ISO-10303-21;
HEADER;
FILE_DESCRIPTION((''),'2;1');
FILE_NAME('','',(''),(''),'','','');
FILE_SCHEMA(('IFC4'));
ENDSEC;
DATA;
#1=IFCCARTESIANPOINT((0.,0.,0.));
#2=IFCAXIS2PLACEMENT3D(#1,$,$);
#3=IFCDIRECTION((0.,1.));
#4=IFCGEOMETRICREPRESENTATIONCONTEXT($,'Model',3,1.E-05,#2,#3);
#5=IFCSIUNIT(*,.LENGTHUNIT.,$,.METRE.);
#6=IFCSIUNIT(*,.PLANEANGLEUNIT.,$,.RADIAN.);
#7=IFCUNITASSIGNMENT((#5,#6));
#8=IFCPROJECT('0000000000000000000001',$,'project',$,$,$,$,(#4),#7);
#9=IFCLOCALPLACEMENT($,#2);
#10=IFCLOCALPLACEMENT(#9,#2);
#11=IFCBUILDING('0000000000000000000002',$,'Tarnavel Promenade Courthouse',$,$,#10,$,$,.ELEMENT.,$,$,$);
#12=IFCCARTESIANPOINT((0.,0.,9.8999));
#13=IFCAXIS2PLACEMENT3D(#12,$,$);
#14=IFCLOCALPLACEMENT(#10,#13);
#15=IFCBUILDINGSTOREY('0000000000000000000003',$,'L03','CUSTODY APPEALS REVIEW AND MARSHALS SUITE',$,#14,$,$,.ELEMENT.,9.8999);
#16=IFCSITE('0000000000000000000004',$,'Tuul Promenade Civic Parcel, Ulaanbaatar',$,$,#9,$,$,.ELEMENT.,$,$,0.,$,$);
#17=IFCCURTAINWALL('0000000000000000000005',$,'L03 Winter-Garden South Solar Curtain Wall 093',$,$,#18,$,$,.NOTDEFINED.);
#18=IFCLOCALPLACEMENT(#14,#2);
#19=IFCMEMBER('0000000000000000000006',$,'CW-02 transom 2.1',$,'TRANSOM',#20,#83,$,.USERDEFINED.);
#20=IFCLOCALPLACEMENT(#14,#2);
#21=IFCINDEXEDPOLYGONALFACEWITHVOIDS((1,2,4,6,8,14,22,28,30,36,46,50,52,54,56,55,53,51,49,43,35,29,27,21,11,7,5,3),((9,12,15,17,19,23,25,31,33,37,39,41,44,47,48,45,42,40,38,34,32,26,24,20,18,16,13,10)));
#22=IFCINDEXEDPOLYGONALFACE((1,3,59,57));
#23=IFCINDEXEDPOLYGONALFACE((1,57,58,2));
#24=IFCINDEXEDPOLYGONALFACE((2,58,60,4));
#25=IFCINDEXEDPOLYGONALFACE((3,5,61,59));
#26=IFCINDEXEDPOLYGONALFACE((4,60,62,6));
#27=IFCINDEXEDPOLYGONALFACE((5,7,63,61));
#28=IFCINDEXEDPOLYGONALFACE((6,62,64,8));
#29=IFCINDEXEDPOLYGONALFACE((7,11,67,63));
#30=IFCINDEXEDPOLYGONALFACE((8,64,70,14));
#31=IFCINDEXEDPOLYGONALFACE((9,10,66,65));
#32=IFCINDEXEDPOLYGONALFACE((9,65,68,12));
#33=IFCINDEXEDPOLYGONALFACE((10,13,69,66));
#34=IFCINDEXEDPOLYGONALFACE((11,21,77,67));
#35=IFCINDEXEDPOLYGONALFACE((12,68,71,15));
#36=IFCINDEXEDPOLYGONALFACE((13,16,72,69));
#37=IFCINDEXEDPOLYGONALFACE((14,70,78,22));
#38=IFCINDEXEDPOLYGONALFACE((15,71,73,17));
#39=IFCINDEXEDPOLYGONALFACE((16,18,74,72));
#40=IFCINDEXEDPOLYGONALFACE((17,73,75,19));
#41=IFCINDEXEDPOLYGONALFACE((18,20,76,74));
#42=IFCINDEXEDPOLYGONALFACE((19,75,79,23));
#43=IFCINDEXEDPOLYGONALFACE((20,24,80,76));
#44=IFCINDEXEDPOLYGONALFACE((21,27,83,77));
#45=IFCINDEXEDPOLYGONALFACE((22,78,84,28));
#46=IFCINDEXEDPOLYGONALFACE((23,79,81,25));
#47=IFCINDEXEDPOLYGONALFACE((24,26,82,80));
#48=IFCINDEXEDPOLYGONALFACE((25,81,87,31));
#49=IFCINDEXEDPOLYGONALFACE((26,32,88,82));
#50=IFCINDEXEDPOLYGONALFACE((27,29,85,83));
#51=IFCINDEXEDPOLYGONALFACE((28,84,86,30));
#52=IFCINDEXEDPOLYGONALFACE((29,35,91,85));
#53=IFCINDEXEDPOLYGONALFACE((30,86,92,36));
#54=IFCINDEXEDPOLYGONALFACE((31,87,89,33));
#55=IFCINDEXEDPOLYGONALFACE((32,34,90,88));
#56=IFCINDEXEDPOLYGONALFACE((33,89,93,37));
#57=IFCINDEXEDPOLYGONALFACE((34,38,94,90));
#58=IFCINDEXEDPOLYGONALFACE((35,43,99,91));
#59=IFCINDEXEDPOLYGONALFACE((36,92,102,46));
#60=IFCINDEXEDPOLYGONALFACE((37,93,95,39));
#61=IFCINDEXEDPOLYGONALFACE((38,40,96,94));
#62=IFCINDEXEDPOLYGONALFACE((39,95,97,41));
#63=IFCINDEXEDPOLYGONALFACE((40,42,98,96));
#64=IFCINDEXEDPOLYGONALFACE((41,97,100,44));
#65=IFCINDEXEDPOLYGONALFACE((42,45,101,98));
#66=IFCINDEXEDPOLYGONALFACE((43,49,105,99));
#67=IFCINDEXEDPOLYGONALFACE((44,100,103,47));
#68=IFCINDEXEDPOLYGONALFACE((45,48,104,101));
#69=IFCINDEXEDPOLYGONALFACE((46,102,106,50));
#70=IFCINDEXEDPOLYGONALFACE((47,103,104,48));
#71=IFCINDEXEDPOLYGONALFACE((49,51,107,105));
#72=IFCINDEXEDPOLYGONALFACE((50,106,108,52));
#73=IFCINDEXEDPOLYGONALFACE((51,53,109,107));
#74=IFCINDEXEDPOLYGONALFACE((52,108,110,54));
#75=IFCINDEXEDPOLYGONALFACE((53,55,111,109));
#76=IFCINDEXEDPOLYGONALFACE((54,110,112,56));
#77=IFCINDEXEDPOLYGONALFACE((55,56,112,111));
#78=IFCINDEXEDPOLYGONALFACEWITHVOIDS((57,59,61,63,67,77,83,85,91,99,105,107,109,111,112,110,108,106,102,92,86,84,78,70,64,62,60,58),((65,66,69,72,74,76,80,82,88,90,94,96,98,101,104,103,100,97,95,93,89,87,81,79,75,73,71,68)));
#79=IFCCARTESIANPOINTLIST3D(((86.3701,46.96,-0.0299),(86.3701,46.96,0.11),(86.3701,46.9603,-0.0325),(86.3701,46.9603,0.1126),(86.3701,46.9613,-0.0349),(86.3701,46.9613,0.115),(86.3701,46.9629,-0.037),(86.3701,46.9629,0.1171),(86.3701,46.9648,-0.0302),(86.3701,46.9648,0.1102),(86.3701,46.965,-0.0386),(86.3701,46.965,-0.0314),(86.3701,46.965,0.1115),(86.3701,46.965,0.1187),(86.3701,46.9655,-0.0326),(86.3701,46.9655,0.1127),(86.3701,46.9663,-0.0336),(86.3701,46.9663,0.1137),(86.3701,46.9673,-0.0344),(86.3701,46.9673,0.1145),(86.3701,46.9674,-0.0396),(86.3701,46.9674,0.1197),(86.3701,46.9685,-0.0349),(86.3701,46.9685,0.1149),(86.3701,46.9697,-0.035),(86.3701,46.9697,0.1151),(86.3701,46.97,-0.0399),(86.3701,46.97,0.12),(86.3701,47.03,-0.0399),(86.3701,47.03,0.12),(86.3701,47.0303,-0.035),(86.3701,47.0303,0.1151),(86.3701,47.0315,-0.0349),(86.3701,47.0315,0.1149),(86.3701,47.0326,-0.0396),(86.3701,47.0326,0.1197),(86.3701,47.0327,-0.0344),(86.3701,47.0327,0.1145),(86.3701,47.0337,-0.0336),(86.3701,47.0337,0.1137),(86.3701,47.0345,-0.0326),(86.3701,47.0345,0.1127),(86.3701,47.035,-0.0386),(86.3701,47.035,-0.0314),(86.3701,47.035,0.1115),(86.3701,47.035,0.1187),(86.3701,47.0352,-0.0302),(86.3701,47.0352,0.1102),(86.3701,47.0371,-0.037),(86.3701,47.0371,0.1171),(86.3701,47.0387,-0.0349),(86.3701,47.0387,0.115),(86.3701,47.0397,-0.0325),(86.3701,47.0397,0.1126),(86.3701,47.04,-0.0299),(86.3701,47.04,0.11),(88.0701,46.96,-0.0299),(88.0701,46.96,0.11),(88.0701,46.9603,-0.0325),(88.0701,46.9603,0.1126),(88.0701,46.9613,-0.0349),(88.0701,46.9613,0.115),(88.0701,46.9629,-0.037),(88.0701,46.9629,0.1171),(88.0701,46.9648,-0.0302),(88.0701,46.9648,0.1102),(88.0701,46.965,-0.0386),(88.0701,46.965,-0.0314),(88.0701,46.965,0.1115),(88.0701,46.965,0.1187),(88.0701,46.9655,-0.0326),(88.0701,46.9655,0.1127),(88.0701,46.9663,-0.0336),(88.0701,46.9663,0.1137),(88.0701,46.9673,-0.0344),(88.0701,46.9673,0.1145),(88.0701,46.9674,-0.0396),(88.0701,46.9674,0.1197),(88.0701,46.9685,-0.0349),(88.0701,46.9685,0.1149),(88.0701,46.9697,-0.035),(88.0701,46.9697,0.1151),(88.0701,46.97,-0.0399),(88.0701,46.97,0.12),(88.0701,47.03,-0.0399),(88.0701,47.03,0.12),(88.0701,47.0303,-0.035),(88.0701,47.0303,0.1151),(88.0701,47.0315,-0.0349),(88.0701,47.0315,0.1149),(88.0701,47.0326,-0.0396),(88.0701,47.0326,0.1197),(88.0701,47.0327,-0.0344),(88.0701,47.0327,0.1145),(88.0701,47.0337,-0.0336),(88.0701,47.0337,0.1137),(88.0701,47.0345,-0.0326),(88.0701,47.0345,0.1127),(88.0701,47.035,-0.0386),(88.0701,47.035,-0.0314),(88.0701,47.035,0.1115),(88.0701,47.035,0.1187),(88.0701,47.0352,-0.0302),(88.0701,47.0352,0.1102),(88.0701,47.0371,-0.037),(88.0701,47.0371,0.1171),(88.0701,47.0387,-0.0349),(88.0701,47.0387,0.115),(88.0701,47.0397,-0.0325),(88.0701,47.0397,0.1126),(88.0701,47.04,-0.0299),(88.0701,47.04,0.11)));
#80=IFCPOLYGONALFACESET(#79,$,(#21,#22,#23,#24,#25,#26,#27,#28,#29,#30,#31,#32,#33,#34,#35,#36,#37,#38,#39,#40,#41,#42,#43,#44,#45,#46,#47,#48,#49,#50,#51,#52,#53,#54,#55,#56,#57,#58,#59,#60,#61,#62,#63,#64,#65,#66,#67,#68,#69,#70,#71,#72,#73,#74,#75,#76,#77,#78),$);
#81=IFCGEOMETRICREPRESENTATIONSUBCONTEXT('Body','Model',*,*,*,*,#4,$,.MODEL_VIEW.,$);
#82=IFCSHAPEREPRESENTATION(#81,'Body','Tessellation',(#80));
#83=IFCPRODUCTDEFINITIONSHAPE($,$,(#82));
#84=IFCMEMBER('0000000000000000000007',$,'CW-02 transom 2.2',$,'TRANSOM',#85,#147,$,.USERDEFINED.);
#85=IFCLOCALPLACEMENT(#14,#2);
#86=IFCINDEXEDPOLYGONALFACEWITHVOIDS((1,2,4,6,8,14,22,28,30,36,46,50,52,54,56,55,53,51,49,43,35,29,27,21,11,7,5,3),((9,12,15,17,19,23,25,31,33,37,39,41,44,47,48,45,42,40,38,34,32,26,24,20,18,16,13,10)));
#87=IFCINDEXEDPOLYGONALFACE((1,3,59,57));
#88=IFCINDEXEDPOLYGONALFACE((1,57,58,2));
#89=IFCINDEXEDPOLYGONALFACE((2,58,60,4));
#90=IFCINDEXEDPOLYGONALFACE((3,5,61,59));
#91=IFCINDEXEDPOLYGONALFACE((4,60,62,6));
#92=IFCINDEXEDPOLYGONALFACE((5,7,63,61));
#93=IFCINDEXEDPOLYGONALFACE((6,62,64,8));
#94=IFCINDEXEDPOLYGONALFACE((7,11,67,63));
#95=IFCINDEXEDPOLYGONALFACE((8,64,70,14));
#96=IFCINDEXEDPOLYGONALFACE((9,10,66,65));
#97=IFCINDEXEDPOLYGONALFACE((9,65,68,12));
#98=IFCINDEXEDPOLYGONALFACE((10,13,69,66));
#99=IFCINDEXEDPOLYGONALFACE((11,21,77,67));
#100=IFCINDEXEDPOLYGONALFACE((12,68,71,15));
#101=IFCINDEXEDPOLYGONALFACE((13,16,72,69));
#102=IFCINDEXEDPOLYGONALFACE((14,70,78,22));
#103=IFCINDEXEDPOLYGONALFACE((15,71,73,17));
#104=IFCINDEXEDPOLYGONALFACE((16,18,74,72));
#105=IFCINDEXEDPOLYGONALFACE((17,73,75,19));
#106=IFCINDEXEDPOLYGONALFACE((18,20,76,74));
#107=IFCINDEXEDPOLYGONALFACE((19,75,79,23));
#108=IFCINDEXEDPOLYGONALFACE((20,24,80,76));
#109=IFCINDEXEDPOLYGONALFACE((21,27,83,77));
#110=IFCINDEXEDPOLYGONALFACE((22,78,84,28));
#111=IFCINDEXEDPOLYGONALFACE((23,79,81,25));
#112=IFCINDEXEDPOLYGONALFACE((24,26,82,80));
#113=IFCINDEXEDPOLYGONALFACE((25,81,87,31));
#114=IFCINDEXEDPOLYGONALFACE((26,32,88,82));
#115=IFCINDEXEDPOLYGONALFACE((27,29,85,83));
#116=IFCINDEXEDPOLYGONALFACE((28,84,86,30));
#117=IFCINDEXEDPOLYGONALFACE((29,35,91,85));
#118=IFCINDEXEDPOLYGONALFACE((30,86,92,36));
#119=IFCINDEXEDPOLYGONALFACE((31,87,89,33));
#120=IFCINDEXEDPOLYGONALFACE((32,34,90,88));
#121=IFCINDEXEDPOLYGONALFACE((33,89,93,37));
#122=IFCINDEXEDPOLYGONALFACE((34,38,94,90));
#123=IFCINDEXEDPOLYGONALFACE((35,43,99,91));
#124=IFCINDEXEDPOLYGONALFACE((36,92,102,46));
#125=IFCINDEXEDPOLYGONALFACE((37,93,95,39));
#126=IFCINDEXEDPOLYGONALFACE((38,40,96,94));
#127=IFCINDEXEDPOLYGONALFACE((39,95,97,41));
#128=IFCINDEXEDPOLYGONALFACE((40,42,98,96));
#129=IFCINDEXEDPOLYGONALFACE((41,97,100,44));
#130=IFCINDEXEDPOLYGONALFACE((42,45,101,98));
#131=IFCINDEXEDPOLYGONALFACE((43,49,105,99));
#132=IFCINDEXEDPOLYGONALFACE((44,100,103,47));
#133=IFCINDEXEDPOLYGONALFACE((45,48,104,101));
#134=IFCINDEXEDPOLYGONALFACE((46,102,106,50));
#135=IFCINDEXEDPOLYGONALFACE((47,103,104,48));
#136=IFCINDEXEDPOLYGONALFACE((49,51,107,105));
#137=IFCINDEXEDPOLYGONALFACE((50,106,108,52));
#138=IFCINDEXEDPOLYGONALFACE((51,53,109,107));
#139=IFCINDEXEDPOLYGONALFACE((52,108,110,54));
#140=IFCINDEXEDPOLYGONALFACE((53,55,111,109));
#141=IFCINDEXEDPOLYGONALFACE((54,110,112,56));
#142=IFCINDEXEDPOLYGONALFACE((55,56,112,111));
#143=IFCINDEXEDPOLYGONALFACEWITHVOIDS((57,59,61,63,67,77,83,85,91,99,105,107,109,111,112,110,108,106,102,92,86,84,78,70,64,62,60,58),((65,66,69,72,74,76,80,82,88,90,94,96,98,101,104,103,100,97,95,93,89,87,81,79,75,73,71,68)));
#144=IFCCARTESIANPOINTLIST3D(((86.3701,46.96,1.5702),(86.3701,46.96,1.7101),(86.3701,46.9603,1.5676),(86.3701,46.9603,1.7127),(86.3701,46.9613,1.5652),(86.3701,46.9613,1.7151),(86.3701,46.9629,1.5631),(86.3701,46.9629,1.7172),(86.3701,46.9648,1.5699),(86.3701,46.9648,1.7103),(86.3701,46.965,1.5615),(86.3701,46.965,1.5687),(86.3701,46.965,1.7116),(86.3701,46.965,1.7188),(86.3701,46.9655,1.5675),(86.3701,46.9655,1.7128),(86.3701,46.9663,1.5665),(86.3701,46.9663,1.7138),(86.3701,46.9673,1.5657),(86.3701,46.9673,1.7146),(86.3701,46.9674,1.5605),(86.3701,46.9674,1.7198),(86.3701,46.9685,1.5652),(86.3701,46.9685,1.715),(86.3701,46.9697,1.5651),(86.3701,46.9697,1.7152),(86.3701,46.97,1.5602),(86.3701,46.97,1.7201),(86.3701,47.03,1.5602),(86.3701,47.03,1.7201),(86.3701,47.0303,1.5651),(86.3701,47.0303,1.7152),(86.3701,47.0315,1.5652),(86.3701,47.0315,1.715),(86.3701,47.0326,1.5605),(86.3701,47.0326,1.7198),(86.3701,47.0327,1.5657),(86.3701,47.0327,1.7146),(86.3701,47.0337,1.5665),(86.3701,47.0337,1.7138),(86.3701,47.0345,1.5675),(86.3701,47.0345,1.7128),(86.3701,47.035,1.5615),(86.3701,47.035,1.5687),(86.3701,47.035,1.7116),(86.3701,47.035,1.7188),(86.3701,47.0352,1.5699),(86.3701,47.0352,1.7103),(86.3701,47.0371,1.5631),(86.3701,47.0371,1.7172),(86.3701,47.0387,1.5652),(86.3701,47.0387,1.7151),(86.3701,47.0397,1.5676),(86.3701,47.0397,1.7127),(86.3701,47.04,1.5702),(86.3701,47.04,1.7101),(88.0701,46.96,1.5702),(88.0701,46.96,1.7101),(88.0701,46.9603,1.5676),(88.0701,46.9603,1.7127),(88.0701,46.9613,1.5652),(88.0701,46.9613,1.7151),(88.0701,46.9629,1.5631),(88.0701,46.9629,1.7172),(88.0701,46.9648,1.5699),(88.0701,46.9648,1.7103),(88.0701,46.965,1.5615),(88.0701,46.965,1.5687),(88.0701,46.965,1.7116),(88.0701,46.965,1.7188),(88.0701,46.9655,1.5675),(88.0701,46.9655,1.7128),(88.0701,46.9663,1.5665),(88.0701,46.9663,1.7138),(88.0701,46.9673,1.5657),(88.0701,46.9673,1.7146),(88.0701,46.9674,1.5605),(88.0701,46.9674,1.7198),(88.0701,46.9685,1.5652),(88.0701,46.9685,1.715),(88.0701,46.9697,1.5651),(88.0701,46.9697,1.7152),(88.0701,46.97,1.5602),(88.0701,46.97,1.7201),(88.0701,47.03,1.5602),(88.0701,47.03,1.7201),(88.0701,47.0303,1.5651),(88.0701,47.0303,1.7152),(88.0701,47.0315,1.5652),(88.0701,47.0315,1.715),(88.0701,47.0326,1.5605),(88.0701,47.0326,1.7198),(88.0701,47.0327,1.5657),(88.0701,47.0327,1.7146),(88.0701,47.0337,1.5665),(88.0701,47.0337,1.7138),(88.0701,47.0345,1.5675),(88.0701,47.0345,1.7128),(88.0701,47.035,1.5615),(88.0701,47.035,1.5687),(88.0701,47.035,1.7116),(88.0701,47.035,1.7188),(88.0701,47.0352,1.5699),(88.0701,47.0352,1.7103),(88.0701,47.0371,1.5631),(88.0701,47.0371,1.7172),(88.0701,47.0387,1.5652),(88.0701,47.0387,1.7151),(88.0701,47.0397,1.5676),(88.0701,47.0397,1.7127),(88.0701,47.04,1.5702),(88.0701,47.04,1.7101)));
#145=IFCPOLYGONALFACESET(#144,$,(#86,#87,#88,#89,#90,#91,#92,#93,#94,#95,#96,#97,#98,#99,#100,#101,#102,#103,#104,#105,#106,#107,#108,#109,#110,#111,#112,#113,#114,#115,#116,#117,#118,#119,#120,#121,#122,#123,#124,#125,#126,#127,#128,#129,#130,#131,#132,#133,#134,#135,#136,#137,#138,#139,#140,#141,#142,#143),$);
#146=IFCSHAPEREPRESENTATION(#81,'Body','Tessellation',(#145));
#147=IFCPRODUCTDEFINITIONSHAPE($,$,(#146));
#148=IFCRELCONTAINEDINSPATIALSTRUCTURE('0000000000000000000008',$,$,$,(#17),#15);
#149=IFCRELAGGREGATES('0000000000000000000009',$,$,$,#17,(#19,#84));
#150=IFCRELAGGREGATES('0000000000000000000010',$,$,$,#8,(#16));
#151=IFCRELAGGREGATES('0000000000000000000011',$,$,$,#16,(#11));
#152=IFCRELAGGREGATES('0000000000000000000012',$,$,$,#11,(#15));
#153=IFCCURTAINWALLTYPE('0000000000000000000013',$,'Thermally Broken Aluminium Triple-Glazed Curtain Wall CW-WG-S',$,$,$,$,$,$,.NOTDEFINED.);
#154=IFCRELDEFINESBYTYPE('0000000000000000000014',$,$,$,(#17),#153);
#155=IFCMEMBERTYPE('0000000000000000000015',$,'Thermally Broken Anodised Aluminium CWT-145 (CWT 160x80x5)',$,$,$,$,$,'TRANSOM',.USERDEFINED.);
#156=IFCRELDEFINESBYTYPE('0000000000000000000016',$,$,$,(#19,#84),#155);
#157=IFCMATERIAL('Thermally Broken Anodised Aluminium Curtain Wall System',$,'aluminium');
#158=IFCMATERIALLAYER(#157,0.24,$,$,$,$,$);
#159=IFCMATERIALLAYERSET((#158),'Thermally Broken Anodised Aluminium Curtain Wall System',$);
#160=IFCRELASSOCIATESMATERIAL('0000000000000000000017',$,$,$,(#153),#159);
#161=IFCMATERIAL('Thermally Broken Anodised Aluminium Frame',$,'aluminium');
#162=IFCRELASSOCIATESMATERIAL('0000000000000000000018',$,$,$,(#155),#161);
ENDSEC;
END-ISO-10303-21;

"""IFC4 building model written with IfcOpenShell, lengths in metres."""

from ifc_helpers import new_model, si_unit, direction, frame, origin, origin_2d, place, context, subcontext, project, spatial, hollow_rectangle, extrude, material, layer, layer_set, material_profile, profile_set, type_object, element, aggregate, save


model = new_model("IFC4")

# Units and contexts
model_context = context("Model", 3, precision=1e-05, world=origin(), true_north=direction((0.0, 1.0)))
body_context = subcontext(model_context, "Body", "Model", "MODEL_VIEW")
ifc_project = project(units=[si_unit("LENGTHUNIT", "METRE"), si_unit("PLANEANGLEUNIT", "RADIAN")], contexts=[model_context])

# Site, building, storey
site_placement = place(None, origin())
site = spatial("IfcSite", under=ifc_project, at=site_placement, Name="Tuul Promenade Civic Parcel, Ulaanbaatar", CompositionType="ELEMENT", RefElevation=0.0)
building_placement = place(site_placement, origin())
building = spatial("IfcBuilding", under=site, at=building_placement, Name="Tarnavel Promenade Courthouse", CompositionType="ELEMENT")
storey_placement = place(building_placement, frame((0.0, 0.0, 9.8999)))
storey = spatial("IfcBuildingStorey", under=building, at=storey_placement, Name="L03", Description="CUSTODY APPEALS REVIEW AND MARSHALS SUITE", CompositionType="ELEMENT", Elevation=9.8999)

# Curtain wall
ifc_material_1 = material(Name="Thermally Broken Anodised Aluminium Curtain Wall System", Category="aluminium")
ifc_layer_1 = layer(ifc_material_1, 0.24)
ifc_layer_set_1 = layer_set([ifc_layer_1], Name="Thermally Broken Anodised Aluminium Curtain Wall System")
curtain_wall_type = type_object("IfcCurtainWallType", Name="Thermally Broken Aluminium Triple-Glazed Curtain Wall CW-WG-S", PredefinedType="NOTDEFINED", material=ifc_layer_set_1)
curtain_wall_1_placement = place(storey_placement, origin())
curtain_wall_1 = element("IfcCurtainWall", 1, at=curtain_wall_1_placement, inside=storey, type_object=curtain_wall_type, Name="L03 Winter-Garden South Solar Curtain Wall 093", PredefinedType="NOTDEFINED")
ifc_material_2 = material(Name="Thermally Broken Anodised Aluminium Frame", Category="aluminium")

# Members
ifc_material_profile_1 = material_profile(ifc_material_2, hollow_rectangle(XDim=0.0801, YDim=0.1599, WallThickness=0.0049, InnerFilletRadius=0.0049, OuterFilletRadius=0.01, at=origin_2d()), Name="CWT 160x80x5")
ifc_profile_set_1 = profile_set([ifc_material_profile_1], Name="Thermally Broken Anodised Aluminium Frame")
member_type_1 = type_object("IfcMemberType", Name="Thermally Broken Anodised Aluminium CWT-145 (CWT 160x80x5)", ElementType="TRANSOM", PredefinedType="USERDEFINED", material=ifc_profile_set_1)
member_1_placement = place(storey_placement, frame((86.3701, 47.0, 0.04), z_axis=(1.0, 0.0, 0.0), x_axis=(0.0, 1.0, 0.0)))
member_1 = element("IfcMember", 2, at=member_1_placement, type_object=member_type_1, Name="CW-02 transom 2.1", ObjectType="TRANSOM", PredefinedType="USERDEFINED", context=body_context, shape_type="SweptSolid", body=[
    extrude(hollow_rectangle(XDim=0.0801, YDim=0.1599, WallThickness=0.0049, InnerFilletRadius=0.0049, OuterFilletRadius=0.01, at=origin_2d()), origin(), (0.0, 0.0, 1.0), 1.7),
])
member_2_placement = place(storey_placement, frame((86.3701, 47.0, 1.6401), z_axis=(1.0, 0.0, 0.0), x_axis=(0.0, 1.0, 0.0)))
member_2 = element("IfcMember", 3, at=member_2_placement, type_object=member_type_1, Name="CW-02 transom 2.2", ObjectType="TRANSOM", PredefinedType="USERDEFINED", context=body_context, shape_type="SweptSolid", body=[
    extrude(hollow_rectangle(XDim=0.0801, YDim=0.1599, WallThickness=0.0049, InnerFilletRadius=0.0049, OuterFilletRadius=0.01, at=origin_2d()), origin(), (0.0, 0.0, 1.0), 1.7),
])

aggregate(curtain_wall_1, [member_1, member_2])

save(model, "model.ifc")
